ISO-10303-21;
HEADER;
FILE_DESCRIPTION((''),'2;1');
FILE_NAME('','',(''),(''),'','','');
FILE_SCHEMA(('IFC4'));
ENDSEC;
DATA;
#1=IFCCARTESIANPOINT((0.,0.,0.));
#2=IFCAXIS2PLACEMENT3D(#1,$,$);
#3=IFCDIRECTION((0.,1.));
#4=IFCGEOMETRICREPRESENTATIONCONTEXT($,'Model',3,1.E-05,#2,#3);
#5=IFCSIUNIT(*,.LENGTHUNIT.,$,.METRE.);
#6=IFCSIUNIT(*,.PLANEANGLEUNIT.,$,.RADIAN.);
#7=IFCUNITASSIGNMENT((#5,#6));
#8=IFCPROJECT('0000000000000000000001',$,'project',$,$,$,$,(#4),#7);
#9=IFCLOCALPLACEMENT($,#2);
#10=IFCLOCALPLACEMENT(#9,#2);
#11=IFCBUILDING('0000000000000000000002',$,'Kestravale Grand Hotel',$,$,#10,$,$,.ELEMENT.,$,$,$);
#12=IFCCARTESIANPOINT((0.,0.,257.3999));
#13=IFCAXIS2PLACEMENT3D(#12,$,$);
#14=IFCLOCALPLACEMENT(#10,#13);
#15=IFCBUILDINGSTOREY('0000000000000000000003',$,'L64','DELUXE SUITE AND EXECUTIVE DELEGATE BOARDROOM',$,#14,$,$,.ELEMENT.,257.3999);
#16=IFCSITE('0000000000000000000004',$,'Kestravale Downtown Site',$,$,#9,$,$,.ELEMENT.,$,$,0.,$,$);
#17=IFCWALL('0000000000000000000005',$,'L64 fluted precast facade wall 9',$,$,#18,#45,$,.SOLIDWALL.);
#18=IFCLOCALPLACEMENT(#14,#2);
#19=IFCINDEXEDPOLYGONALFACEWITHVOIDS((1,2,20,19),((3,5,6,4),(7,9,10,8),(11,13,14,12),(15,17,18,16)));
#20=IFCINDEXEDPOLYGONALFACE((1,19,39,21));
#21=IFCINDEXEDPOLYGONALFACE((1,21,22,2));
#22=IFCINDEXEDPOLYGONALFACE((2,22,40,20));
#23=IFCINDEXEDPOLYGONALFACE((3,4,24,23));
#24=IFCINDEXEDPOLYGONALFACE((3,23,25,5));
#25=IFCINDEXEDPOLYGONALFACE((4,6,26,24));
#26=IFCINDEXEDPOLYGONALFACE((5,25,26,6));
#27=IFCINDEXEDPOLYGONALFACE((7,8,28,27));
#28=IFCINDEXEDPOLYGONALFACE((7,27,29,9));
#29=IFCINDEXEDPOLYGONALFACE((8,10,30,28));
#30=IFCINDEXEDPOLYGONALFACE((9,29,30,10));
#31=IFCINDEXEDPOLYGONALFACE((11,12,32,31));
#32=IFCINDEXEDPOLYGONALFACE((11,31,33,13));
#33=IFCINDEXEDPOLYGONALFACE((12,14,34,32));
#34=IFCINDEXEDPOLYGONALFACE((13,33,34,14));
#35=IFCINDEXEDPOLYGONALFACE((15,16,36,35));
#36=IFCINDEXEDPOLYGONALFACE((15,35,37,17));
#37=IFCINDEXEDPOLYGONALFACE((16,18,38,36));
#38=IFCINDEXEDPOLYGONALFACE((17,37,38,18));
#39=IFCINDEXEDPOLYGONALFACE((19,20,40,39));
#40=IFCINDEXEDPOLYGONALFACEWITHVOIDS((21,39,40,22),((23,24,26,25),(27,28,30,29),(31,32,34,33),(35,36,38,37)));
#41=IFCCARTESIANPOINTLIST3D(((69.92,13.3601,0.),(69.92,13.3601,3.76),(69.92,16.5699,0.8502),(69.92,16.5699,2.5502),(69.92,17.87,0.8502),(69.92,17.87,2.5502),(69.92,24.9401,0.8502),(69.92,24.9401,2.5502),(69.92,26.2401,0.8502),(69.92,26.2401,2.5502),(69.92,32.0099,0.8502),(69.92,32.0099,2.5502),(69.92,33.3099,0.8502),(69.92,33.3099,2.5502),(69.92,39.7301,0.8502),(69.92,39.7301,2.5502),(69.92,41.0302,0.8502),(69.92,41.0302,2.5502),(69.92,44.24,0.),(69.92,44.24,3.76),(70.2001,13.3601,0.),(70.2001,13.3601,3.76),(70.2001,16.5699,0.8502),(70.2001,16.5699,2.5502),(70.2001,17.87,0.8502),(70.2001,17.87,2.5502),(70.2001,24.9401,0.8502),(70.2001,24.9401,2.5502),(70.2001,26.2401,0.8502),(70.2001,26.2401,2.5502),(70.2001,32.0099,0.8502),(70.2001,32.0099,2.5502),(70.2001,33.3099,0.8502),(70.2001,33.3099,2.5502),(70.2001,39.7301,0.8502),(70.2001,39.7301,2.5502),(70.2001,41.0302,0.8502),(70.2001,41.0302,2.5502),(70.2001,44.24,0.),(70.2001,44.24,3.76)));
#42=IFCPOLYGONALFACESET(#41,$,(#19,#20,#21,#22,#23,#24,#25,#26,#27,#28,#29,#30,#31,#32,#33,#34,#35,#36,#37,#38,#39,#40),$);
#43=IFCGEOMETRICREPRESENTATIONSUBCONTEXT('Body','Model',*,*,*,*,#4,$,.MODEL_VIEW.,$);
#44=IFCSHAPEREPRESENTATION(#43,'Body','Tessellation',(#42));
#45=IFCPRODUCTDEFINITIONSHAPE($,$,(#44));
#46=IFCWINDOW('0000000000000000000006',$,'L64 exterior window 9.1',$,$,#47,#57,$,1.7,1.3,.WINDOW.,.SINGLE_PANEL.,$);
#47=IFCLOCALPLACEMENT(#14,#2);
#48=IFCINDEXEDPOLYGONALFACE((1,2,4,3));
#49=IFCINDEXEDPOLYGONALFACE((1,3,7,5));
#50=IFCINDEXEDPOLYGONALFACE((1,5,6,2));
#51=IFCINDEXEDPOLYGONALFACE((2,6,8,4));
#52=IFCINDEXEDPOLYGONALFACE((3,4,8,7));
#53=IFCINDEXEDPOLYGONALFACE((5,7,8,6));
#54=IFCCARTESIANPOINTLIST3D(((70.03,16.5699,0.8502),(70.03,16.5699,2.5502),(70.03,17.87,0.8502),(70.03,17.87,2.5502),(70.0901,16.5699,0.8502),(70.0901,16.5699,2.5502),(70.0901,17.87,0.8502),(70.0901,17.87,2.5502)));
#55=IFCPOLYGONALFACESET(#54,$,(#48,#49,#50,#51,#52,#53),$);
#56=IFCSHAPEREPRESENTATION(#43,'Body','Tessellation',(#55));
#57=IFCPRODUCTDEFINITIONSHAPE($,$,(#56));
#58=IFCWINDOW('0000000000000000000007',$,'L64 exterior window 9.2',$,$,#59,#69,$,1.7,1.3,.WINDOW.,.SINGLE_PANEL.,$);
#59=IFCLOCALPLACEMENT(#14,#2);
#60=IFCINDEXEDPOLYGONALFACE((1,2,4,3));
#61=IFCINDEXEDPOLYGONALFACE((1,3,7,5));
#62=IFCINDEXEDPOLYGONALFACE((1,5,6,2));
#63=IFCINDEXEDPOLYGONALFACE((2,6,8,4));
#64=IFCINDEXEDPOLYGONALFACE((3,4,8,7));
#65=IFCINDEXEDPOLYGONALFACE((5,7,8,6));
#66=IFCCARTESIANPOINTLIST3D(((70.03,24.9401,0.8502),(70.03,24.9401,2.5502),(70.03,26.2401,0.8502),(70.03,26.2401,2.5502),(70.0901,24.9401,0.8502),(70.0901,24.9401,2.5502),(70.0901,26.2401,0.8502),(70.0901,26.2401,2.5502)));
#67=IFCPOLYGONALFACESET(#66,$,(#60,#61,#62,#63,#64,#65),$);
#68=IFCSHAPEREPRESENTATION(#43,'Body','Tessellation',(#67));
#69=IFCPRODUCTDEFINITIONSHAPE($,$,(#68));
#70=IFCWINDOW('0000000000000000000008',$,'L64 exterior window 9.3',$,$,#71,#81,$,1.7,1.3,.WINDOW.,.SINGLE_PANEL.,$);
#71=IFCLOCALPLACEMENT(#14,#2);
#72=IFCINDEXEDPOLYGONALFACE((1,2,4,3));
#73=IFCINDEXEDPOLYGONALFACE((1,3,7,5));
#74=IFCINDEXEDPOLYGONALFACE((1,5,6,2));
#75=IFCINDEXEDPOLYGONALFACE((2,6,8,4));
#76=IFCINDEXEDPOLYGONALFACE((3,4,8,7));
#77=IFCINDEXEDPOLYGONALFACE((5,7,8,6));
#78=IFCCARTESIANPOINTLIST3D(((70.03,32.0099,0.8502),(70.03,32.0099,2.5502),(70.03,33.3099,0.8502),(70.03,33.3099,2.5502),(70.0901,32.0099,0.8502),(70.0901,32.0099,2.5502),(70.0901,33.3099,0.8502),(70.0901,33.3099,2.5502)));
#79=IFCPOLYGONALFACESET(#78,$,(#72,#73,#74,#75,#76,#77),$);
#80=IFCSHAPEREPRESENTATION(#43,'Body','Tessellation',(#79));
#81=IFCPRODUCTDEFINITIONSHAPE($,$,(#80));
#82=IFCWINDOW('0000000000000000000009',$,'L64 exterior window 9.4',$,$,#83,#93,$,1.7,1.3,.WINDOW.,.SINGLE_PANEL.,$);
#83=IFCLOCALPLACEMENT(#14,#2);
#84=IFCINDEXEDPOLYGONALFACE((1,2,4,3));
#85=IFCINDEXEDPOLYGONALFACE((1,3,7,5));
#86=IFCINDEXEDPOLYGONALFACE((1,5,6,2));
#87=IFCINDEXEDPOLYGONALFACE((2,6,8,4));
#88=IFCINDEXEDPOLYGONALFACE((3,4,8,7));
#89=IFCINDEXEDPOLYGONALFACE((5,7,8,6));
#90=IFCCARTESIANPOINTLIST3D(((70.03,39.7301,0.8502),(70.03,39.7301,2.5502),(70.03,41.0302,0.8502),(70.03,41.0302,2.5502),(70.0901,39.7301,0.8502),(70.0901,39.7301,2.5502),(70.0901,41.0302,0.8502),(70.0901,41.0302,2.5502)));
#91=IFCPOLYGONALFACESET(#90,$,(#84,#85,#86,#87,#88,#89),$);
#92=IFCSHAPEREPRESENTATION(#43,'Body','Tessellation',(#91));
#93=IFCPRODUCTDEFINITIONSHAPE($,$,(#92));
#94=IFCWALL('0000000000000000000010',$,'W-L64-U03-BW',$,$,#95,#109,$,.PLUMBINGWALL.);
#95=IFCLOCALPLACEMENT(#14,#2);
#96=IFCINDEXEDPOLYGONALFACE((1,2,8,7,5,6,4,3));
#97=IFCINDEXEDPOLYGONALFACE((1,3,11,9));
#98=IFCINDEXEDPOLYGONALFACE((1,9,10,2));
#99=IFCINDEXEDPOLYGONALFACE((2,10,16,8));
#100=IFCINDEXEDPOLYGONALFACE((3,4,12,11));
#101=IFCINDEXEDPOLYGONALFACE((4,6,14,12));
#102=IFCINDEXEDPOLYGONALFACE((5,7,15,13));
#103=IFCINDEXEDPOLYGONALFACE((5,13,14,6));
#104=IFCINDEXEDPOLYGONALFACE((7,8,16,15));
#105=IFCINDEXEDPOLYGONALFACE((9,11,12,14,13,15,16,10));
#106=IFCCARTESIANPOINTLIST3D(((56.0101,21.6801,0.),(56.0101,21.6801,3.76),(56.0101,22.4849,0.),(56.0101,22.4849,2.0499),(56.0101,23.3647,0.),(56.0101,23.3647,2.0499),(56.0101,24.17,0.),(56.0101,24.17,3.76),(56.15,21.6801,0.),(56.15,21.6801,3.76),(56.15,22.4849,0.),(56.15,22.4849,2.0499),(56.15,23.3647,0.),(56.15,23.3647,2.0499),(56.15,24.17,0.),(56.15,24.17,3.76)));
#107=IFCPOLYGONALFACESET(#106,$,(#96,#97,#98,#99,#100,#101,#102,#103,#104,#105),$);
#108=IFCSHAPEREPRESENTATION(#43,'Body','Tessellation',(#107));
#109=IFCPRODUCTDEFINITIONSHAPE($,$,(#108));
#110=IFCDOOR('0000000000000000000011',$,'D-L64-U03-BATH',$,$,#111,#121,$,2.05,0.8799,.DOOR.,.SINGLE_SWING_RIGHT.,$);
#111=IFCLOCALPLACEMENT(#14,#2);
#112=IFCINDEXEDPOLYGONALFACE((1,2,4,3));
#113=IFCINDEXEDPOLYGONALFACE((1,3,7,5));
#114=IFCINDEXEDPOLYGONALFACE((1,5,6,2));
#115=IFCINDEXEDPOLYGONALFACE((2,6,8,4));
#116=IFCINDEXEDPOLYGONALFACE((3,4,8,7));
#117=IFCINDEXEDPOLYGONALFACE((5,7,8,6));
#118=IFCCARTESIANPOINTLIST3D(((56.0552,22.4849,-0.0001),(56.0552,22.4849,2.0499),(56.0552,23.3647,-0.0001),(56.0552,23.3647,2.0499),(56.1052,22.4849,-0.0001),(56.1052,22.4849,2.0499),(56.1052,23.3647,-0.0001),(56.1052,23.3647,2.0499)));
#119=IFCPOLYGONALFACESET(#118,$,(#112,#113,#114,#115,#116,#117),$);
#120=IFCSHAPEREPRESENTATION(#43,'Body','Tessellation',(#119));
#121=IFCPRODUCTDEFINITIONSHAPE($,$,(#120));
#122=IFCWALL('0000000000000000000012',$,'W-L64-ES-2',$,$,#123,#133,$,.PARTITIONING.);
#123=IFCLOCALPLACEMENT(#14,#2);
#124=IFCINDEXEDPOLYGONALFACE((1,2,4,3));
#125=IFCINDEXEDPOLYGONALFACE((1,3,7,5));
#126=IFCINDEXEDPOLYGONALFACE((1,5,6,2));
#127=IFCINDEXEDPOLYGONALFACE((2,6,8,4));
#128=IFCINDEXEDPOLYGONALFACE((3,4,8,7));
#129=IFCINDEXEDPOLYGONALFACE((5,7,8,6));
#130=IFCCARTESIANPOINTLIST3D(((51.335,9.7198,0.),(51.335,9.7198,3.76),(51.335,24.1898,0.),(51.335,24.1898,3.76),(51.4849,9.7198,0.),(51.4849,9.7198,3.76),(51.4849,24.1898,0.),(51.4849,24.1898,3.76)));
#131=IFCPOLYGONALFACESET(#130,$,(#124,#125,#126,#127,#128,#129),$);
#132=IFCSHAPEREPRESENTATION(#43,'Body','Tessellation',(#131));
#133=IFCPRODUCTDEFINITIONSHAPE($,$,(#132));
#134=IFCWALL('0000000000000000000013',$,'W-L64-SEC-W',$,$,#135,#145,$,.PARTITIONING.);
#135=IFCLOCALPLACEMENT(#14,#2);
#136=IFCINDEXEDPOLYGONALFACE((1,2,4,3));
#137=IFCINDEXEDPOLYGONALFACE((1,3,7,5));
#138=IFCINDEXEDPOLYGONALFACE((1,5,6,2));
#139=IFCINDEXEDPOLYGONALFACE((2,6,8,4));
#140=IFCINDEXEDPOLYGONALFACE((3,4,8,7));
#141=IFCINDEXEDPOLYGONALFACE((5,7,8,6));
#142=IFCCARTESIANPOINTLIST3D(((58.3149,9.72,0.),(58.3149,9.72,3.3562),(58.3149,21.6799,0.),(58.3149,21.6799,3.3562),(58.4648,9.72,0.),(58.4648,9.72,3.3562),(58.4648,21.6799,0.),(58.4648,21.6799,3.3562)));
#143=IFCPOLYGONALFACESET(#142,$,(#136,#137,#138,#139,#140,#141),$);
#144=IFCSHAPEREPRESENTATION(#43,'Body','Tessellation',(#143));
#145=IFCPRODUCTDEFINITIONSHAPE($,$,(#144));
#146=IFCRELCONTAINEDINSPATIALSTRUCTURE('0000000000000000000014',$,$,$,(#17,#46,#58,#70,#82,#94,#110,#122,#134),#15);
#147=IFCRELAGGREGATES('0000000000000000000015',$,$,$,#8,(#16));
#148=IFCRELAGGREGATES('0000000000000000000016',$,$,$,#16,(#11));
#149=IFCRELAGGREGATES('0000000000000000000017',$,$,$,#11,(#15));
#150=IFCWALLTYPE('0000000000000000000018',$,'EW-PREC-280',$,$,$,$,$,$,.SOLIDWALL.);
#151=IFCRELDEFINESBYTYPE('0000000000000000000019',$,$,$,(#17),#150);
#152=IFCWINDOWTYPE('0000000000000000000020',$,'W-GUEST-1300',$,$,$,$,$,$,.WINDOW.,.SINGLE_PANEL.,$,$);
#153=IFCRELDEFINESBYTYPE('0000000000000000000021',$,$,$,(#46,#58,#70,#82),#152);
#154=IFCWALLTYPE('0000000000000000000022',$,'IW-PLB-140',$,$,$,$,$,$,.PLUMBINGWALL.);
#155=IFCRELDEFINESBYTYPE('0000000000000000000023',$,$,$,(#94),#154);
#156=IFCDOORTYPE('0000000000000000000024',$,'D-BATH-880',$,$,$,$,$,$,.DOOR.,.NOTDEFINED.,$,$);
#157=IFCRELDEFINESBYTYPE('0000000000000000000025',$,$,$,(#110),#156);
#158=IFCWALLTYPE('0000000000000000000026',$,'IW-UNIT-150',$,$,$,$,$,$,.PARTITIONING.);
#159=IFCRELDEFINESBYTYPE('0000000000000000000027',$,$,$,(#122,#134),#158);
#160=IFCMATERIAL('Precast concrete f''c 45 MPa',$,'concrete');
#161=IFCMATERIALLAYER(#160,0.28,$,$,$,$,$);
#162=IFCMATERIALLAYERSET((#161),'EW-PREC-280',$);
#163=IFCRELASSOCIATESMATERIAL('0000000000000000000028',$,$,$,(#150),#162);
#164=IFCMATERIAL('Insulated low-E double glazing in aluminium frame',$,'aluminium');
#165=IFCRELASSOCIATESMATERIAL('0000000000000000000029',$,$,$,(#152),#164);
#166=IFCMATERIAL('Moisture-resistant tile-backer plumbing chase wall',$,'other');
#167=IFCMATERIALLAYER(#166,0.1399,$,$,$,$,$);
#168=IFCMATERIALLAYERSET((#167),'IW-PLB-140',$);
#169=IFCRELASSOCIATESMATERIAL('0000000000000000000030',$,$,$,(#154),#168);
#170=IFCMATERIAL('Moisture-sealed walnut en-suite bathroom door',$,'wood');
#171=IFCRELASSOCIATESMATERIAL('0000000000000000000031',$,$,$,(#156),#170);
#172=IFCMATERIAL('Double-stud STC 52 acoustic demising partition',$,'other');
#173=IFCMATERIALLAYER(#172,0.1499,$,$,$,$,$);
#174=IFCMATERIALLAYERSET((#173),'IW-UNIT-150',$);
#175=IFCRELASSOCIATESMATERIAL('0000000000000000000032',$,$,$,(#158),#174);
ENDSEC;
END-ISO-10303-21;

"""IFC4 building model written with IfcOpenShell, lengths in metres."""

from ifc_helpers import new_model, si_unit, direction, frame, frame_2d, origin, place, context, subcontext, project, spatial, rectangle, extrude, material, layer, layer_set, type_object, element, fill, save


model = new_model("IFC4")

# Units and contexts
model_context = context("Model", 3, precision=1e-05, world=origin(), true_north=direction((0.0, 1.0)))
body_context = subcontext(model_context, "Body", "Model", "MODEL_VIEW")
ifc_project = project(units=[si_unit("LENGTHUNIT", "METRE"), si_unit("PLANEANGLEUNIT", "RADIAN")], contexts=[model_context])

# Site, building, storey
site_placement = place(None, origin())
site = spatial("IfcSite", under=ifc_project, at=site_placement, Name="Kestravale Downtown Site", CompositionType="ELEMENT", RefElevation=0.0)
building_placement = place(site_placement, origin())
building = spatial("IfcBuilding", under=site, at=building_placement, Name="Kestravale Grand Hotel", CompositionType="ELEMENT")
storey_placement = place(building_placement, frame((0.0, 0.0, 257.3999)))
storey = spatial("IfcBuildingStorey", under=building, at=storey_placement, Name="L64", Description="DELUXE SUITE AND EXECUTIVE DELEGATE BOARDROOM", CompositionType="ELEMENT", Elevation=257.3999)

# Shared definitions
ifc_material_1 = material(Name="Precast concrete f'c 45 MPa", Category="concrete")
ifc_layer_1 = layer(ifc_material_1, 0.28)
ifc_layer_set_1 = layer_set([ifc_layer_1], Name="EW-PREC-280")
wall_type_1 = type_object("IfcWallType", Name="EW-PREC-280", PredefinedType="SOLIDWALL", material=ifc_layer_set_1)
ifc_material_2 = material(Name="Insulated low-E double glazing in aluminium frame", Category="aluminium")
window_type = type_object("IfcWindowType", Name="W-GUEST-1300", PartitioningType="SINGLE_PANEL", PredefinedType="WINDOW", material=ifc_material_2)

# Wall, openings, windows
wall_1_placement = place(storey_placement, frame((70.0601, 13.3601, 0.0), z_axis=(0.0, 0.0, 1.0), x_axis=(0.0, 1.0, 0.0)))
wall_1 = element("IfcWall", 1, at=wall_1_placement, inside=storey, type_object=wall_type_1, Name="L64 fluted precast facade wall 9", PredefinedType="SOLIDWALL", context=body_context, shape_type="SweptSolid", body=[
    extrude(rectangle(XDim=30.8799, YDim=0.28, at=frame_2d((15.4399, 0.0))), origin(), (0.0, 0.0, 1.0), 3.76),
])
opening_1_placement = place(wall_1_placement, frame((3.21, 0.0, 0.8501)))
opening_1 = element("IfcOpeningElement", 2, at=opening_1_placement, cuts=wall_1, PredefinedType="OPENING", context=body_context, shape_type="SweptSolid", body=[
    extrude(rectangle(XDim=1.3, YDim=1.7, at=frame_2d((0.6499, 0.8501))), frame((0.0, 0.1499, 0.0), z_axis=(0.0, -1.0, 0.0), x_axis=(1.0, 0.0, 0.0)), (0.0, 0.0, 1.0), 0.3),
])
opening_2_placement = place(wall_1_placement, frame((11.5801, 0.0, 0.8501)))
opening_2 = element("IfcOpeningElement", 3, at=opening_2_placement, cuts=wall_1, PredefinedType="OPENING", context=body_context, shape_type="SweptSolid", body=[
    extrude(rectangle(XDim=1.3, YDim=1.7, at=frame_2d((0.6499, 0.8501))), frame((0.0, 0.1499, 0.0), z_axis=(0.0, -1.0, 0.0), x_axis=(1.0, 0.0, 0.0)), (0.0, 0.0, 1.0), 0.3),
])
opening_3_placement = place(wall_1_placement, frame((18.6499, 0.0, 0.8501)))
opening_3 = element("IfcOpeningElement", 4, at=opening_3_placement, cuts=wall_1, PredefinedType="OPENING", context=body_context, shape_type="SweptSolid", body=[
    extrude(rectangle(XDim=1.3, YDim=1.7, at=frame_2d((0.6499, 0.8501))), frame((0.0, 0.1499, 0.0), z_axis=(0.0, -1.0, 0.0), x_axis=(1.0, 0.0, 0.0)), (0.0, 0.0, 1.0), 0.3),
])
opening_4_placement = place(wall_1_placement, frame((26.3701, 0.0, 0.8501)))
opening_4 = element("IfcOpeningElement", 5, at=opening_4_placement, cuts=wall_1, PredefinedType="OPENING", context=body_context, shape_type="SweptSolid", body=[
    extrude(rectangle(XDim=1.3, YDim=1.7, at=frame_2d((0.6499, 0.8501))), frame((0.0, 0.1499, 0.0), z_axis=(0.0, -1.0, 0.0), x_axis=(1.0, 0.0, 0.0)), (0.0, 0.0, 1.0), 0.3),
])
window_1_placement = place(opening_1_placement, origin())
window_1 = element("IfcWindow", 6, at=window_1_placement, inside=storey, type_object=window_type, Name="L64 exterior window 9.1", OverallHeight=1.7, OverallWidth=1.3, PartitioningType="SINGLE_PANEL", PredefinedType="WINDOW", context=body_context, shape_type="SweptSolid", body=[
    extrude(rectangle(XDim=1.3, YDim=1.7, at=frame_2d((0.6499, 0.8501))), frame((0.0, 0.03, 0.0), z_axis=(0.0, -1.0, 0.0), x_axis=(1.0, 0.0, 0.0)), (0.0, 0.0, 1.0), 0.0601),
])
fill(opening_1, window_1)
window_2_placement = place(opening_2_placement, origin())
window_2 = element("IfcWindow", 7, at=window_2_placement, inside=storey, type_object=window_type, Name="L64 exterior window 9.2", OverallHeight=1.7, OverallWidth=1.3, PartitioningType="SINGLE_PANEL", PredefinedType="WINDOW", context=body_context, shape_type="SweptSolid", body=[
    extrude(rectangle(XDim=1.3, YDim=1.7, at=frame_2d((0.6499, 0.8501))), frame((0.0, 0.03, 0.0), z_axis=(0.0, -1.0, 0.0), x_axis=(1.0, 0.0, 0.0)), (0.0, 0.0, 1.0), 0.0601),
])
fill(opening_2, window_2)
window_3_placement = place(opening_3_placement, origin())
window_3 = element("IfcWindow", 8, at=window_3_placement, inside=storey, type_object=window_type, Name="L64 exterior window 9.3", OverallHeight=1.7, OverallWidth=1.3, PartitioningType="SINGLE_PANEL", PredefinedType="WINDOW", context=body_context, shape_type="SweptSolid", body=[
    extrude(rectangle(XDim=1.3, YDim=1.7, at=frame_2d((0.6499, 0.8501))), frame((0.0, 0.03, 0.0), z_axis=(0.0, -1.0, 0.0), x_axis=(1.0, 0.0, 0.0)), (0.0, 0.0, 1.0), 0.0601),
])
fill(opening_3, window_3)
window_4_placement = place(opening_4_placement, origin())
window_4 = element("IfcWindow", 9, at=window_4_placement, inside=storey, type_object=window_type, Name="L64 exterior window 9.4", OverallHeight=1.7, OverallWidth=1.3, PartitioningType="SINGLE_PANEL", PredefinedType="WINDOW", context=body_context, shape_type="SweptSolid", body=[
    extrude(rectangle(XDim=1.3, YDim=1.7, at=frame_2d((0.6499, 0.8501))), frame((0.0, 0.03, 0.0), z_axis=(0.0, -1.0, 0.0), x_axis=(1.0, 0.0, 0.0)), (0.0, 0.0, 1.0), 0.0601),
])
fill(opening_4, window_4)

# Wall, opening, door
ifc_material_3 = material(Name="Moisture-resistant tile-backer plumbing chase wall", Category="other")
ifc_layer_2 = layer(ifc_material_3, 0.1399)
ifc_layer_set_2 = layer_set([ifc_layer_2], Name="IW-PLB-140")
wall_type_2 = type_object("IfcWallType", Name="IW-PLB-140", PredefinedType="PLUMBINGWALL", material=ifc_layer_set_2)
wall_2_placement = place(storey_placement, frame((56.0801, 21.6799, 0.0), z_axis=(0.0, 0.0, 1.0), x_axis=(0.0, 1.0, 0.0)))
wall_2 = element("IfcWall", 10, at=wall_2_placement, inside=storey, type_object=wall_type_2, Name="W-L64-U03-BW", PredefinedType="PLUMBINGWALL", context=body_context, shape_type="SweptSolid", body=[
    extrude(rectangle(XDim=2.49, YDim=0.1399, at=frame_2d((1.2451, 0.0))), origin(), (0.0, 0.0, 1.0), 3.76),
])
opening_5_placement = place(wall_2_placement, frame((0.8049, 0.0, 0.0)))
opening_5 = element("IfcOpeningElement", 11, at=opening_5_placement, cuts=wall_2, PredefinedType="OPENING", context=body_context, shape_type="SweptSolid", body=[
    extrude(rectangle(XDim=0.8799, YDim=2.05, at=frame_2d((0.4399, 1.0249))), frame((0.0, 0.0798, 0.0), z_axis=(0.0, -1.0, 0.0), x_axis=(1.0, 0.0, 0.0)), (0.0, 0.0, 1.0), 0.1599),
])
ifc_material_4 = material(Name="Moisture-sealed walnut en-suite bathroom door", Category="wood")
door_type = type_object("IfcDoorType", Name="D-BATH-880", OperationType="NOTDEFINED", PredefinedType="DOOR", material=ifc_material_4)
door_placement = place(opening_5_placement, origin())
door = element("IfcDoor", 12, at=door_placement, inside=storey, type_object=door_type, Name="D-L64-U03-BATH", OperationType="SINGLE_SWING_RIGHT", OverallHeight=2.05, OverallWidth=0.8799, PredefinedType="DOOR", context=body_context, shape_type="SweptSolid", body=[
    extrude(rectangle(XDim=0.8799, YDim=2.05, at=frame_2d((0.4399, 1.0249))), frame((0.0, 0.0249, 0.0), z_axis=(0.0, -1.0, 0.0), x_axis=(1.0, 0.0, 0.0)), (0.0, 0.0, 1.0), 0.05),
])
fill(opening_5, door)

# Walls
ifc_material_5 = material(Name="Double-stud STC 52 acoustic demising partition", Category="other")
ifc_layer_3 = layer(ifc_material_5, 0.1499)
ifc_layer_set_3 = layer_set([ifc_layer_3], Name="IW-UNIT-150")
wall_type_3 = type_object("IfcWallType", Name="IW-UNIT-150", PredefinedType="PARTITIONING", material=ifc_layer_set_3)
wall_3_placement = place(storey_placement, frame((51.4099, 9.72, 0.0), z_axis=(0.0, 0.0, 1.0), x_axis=(0.0, 1.0, 0.0)))
element("IfcWall", 13, at=wall_3_placement, inside=storey, type_object=wall_type_3, Name="W-L64-ES-2", PredefinedType="PARTITIONING", context=body_context, shape_type="SweptSolid", body=[
    extrude(rectangle(XDim=14.47, YDim=0.1499, at=frame_2d((7.2349, 0.0))), origin(), (0.0, 0.0, 1.0), 3.76),
])
wall_4_placement = place(storey_placement, frame((58.3899, 9.72, 0.0), z_axis=(0.0, 0.0, 1.0), x_axis=(0.0, 1.0, 0.0)))
element("IfcWall", 14, at=wall_4_placement, inside=storey, type_object=wall_type_3, Name="W-L64-SEC-W", PredefinedType="PARTITIONING", context=body_context, shape_type="SweptSolid", body=[
    extrude(rectangle(XDim=11.96, YDim=0.1499, at=frame_2d((5.98, 0.0))), origin(), (0.0, 0.0, 1.0), 3.3562),
])

save(model, "model.ifc")
